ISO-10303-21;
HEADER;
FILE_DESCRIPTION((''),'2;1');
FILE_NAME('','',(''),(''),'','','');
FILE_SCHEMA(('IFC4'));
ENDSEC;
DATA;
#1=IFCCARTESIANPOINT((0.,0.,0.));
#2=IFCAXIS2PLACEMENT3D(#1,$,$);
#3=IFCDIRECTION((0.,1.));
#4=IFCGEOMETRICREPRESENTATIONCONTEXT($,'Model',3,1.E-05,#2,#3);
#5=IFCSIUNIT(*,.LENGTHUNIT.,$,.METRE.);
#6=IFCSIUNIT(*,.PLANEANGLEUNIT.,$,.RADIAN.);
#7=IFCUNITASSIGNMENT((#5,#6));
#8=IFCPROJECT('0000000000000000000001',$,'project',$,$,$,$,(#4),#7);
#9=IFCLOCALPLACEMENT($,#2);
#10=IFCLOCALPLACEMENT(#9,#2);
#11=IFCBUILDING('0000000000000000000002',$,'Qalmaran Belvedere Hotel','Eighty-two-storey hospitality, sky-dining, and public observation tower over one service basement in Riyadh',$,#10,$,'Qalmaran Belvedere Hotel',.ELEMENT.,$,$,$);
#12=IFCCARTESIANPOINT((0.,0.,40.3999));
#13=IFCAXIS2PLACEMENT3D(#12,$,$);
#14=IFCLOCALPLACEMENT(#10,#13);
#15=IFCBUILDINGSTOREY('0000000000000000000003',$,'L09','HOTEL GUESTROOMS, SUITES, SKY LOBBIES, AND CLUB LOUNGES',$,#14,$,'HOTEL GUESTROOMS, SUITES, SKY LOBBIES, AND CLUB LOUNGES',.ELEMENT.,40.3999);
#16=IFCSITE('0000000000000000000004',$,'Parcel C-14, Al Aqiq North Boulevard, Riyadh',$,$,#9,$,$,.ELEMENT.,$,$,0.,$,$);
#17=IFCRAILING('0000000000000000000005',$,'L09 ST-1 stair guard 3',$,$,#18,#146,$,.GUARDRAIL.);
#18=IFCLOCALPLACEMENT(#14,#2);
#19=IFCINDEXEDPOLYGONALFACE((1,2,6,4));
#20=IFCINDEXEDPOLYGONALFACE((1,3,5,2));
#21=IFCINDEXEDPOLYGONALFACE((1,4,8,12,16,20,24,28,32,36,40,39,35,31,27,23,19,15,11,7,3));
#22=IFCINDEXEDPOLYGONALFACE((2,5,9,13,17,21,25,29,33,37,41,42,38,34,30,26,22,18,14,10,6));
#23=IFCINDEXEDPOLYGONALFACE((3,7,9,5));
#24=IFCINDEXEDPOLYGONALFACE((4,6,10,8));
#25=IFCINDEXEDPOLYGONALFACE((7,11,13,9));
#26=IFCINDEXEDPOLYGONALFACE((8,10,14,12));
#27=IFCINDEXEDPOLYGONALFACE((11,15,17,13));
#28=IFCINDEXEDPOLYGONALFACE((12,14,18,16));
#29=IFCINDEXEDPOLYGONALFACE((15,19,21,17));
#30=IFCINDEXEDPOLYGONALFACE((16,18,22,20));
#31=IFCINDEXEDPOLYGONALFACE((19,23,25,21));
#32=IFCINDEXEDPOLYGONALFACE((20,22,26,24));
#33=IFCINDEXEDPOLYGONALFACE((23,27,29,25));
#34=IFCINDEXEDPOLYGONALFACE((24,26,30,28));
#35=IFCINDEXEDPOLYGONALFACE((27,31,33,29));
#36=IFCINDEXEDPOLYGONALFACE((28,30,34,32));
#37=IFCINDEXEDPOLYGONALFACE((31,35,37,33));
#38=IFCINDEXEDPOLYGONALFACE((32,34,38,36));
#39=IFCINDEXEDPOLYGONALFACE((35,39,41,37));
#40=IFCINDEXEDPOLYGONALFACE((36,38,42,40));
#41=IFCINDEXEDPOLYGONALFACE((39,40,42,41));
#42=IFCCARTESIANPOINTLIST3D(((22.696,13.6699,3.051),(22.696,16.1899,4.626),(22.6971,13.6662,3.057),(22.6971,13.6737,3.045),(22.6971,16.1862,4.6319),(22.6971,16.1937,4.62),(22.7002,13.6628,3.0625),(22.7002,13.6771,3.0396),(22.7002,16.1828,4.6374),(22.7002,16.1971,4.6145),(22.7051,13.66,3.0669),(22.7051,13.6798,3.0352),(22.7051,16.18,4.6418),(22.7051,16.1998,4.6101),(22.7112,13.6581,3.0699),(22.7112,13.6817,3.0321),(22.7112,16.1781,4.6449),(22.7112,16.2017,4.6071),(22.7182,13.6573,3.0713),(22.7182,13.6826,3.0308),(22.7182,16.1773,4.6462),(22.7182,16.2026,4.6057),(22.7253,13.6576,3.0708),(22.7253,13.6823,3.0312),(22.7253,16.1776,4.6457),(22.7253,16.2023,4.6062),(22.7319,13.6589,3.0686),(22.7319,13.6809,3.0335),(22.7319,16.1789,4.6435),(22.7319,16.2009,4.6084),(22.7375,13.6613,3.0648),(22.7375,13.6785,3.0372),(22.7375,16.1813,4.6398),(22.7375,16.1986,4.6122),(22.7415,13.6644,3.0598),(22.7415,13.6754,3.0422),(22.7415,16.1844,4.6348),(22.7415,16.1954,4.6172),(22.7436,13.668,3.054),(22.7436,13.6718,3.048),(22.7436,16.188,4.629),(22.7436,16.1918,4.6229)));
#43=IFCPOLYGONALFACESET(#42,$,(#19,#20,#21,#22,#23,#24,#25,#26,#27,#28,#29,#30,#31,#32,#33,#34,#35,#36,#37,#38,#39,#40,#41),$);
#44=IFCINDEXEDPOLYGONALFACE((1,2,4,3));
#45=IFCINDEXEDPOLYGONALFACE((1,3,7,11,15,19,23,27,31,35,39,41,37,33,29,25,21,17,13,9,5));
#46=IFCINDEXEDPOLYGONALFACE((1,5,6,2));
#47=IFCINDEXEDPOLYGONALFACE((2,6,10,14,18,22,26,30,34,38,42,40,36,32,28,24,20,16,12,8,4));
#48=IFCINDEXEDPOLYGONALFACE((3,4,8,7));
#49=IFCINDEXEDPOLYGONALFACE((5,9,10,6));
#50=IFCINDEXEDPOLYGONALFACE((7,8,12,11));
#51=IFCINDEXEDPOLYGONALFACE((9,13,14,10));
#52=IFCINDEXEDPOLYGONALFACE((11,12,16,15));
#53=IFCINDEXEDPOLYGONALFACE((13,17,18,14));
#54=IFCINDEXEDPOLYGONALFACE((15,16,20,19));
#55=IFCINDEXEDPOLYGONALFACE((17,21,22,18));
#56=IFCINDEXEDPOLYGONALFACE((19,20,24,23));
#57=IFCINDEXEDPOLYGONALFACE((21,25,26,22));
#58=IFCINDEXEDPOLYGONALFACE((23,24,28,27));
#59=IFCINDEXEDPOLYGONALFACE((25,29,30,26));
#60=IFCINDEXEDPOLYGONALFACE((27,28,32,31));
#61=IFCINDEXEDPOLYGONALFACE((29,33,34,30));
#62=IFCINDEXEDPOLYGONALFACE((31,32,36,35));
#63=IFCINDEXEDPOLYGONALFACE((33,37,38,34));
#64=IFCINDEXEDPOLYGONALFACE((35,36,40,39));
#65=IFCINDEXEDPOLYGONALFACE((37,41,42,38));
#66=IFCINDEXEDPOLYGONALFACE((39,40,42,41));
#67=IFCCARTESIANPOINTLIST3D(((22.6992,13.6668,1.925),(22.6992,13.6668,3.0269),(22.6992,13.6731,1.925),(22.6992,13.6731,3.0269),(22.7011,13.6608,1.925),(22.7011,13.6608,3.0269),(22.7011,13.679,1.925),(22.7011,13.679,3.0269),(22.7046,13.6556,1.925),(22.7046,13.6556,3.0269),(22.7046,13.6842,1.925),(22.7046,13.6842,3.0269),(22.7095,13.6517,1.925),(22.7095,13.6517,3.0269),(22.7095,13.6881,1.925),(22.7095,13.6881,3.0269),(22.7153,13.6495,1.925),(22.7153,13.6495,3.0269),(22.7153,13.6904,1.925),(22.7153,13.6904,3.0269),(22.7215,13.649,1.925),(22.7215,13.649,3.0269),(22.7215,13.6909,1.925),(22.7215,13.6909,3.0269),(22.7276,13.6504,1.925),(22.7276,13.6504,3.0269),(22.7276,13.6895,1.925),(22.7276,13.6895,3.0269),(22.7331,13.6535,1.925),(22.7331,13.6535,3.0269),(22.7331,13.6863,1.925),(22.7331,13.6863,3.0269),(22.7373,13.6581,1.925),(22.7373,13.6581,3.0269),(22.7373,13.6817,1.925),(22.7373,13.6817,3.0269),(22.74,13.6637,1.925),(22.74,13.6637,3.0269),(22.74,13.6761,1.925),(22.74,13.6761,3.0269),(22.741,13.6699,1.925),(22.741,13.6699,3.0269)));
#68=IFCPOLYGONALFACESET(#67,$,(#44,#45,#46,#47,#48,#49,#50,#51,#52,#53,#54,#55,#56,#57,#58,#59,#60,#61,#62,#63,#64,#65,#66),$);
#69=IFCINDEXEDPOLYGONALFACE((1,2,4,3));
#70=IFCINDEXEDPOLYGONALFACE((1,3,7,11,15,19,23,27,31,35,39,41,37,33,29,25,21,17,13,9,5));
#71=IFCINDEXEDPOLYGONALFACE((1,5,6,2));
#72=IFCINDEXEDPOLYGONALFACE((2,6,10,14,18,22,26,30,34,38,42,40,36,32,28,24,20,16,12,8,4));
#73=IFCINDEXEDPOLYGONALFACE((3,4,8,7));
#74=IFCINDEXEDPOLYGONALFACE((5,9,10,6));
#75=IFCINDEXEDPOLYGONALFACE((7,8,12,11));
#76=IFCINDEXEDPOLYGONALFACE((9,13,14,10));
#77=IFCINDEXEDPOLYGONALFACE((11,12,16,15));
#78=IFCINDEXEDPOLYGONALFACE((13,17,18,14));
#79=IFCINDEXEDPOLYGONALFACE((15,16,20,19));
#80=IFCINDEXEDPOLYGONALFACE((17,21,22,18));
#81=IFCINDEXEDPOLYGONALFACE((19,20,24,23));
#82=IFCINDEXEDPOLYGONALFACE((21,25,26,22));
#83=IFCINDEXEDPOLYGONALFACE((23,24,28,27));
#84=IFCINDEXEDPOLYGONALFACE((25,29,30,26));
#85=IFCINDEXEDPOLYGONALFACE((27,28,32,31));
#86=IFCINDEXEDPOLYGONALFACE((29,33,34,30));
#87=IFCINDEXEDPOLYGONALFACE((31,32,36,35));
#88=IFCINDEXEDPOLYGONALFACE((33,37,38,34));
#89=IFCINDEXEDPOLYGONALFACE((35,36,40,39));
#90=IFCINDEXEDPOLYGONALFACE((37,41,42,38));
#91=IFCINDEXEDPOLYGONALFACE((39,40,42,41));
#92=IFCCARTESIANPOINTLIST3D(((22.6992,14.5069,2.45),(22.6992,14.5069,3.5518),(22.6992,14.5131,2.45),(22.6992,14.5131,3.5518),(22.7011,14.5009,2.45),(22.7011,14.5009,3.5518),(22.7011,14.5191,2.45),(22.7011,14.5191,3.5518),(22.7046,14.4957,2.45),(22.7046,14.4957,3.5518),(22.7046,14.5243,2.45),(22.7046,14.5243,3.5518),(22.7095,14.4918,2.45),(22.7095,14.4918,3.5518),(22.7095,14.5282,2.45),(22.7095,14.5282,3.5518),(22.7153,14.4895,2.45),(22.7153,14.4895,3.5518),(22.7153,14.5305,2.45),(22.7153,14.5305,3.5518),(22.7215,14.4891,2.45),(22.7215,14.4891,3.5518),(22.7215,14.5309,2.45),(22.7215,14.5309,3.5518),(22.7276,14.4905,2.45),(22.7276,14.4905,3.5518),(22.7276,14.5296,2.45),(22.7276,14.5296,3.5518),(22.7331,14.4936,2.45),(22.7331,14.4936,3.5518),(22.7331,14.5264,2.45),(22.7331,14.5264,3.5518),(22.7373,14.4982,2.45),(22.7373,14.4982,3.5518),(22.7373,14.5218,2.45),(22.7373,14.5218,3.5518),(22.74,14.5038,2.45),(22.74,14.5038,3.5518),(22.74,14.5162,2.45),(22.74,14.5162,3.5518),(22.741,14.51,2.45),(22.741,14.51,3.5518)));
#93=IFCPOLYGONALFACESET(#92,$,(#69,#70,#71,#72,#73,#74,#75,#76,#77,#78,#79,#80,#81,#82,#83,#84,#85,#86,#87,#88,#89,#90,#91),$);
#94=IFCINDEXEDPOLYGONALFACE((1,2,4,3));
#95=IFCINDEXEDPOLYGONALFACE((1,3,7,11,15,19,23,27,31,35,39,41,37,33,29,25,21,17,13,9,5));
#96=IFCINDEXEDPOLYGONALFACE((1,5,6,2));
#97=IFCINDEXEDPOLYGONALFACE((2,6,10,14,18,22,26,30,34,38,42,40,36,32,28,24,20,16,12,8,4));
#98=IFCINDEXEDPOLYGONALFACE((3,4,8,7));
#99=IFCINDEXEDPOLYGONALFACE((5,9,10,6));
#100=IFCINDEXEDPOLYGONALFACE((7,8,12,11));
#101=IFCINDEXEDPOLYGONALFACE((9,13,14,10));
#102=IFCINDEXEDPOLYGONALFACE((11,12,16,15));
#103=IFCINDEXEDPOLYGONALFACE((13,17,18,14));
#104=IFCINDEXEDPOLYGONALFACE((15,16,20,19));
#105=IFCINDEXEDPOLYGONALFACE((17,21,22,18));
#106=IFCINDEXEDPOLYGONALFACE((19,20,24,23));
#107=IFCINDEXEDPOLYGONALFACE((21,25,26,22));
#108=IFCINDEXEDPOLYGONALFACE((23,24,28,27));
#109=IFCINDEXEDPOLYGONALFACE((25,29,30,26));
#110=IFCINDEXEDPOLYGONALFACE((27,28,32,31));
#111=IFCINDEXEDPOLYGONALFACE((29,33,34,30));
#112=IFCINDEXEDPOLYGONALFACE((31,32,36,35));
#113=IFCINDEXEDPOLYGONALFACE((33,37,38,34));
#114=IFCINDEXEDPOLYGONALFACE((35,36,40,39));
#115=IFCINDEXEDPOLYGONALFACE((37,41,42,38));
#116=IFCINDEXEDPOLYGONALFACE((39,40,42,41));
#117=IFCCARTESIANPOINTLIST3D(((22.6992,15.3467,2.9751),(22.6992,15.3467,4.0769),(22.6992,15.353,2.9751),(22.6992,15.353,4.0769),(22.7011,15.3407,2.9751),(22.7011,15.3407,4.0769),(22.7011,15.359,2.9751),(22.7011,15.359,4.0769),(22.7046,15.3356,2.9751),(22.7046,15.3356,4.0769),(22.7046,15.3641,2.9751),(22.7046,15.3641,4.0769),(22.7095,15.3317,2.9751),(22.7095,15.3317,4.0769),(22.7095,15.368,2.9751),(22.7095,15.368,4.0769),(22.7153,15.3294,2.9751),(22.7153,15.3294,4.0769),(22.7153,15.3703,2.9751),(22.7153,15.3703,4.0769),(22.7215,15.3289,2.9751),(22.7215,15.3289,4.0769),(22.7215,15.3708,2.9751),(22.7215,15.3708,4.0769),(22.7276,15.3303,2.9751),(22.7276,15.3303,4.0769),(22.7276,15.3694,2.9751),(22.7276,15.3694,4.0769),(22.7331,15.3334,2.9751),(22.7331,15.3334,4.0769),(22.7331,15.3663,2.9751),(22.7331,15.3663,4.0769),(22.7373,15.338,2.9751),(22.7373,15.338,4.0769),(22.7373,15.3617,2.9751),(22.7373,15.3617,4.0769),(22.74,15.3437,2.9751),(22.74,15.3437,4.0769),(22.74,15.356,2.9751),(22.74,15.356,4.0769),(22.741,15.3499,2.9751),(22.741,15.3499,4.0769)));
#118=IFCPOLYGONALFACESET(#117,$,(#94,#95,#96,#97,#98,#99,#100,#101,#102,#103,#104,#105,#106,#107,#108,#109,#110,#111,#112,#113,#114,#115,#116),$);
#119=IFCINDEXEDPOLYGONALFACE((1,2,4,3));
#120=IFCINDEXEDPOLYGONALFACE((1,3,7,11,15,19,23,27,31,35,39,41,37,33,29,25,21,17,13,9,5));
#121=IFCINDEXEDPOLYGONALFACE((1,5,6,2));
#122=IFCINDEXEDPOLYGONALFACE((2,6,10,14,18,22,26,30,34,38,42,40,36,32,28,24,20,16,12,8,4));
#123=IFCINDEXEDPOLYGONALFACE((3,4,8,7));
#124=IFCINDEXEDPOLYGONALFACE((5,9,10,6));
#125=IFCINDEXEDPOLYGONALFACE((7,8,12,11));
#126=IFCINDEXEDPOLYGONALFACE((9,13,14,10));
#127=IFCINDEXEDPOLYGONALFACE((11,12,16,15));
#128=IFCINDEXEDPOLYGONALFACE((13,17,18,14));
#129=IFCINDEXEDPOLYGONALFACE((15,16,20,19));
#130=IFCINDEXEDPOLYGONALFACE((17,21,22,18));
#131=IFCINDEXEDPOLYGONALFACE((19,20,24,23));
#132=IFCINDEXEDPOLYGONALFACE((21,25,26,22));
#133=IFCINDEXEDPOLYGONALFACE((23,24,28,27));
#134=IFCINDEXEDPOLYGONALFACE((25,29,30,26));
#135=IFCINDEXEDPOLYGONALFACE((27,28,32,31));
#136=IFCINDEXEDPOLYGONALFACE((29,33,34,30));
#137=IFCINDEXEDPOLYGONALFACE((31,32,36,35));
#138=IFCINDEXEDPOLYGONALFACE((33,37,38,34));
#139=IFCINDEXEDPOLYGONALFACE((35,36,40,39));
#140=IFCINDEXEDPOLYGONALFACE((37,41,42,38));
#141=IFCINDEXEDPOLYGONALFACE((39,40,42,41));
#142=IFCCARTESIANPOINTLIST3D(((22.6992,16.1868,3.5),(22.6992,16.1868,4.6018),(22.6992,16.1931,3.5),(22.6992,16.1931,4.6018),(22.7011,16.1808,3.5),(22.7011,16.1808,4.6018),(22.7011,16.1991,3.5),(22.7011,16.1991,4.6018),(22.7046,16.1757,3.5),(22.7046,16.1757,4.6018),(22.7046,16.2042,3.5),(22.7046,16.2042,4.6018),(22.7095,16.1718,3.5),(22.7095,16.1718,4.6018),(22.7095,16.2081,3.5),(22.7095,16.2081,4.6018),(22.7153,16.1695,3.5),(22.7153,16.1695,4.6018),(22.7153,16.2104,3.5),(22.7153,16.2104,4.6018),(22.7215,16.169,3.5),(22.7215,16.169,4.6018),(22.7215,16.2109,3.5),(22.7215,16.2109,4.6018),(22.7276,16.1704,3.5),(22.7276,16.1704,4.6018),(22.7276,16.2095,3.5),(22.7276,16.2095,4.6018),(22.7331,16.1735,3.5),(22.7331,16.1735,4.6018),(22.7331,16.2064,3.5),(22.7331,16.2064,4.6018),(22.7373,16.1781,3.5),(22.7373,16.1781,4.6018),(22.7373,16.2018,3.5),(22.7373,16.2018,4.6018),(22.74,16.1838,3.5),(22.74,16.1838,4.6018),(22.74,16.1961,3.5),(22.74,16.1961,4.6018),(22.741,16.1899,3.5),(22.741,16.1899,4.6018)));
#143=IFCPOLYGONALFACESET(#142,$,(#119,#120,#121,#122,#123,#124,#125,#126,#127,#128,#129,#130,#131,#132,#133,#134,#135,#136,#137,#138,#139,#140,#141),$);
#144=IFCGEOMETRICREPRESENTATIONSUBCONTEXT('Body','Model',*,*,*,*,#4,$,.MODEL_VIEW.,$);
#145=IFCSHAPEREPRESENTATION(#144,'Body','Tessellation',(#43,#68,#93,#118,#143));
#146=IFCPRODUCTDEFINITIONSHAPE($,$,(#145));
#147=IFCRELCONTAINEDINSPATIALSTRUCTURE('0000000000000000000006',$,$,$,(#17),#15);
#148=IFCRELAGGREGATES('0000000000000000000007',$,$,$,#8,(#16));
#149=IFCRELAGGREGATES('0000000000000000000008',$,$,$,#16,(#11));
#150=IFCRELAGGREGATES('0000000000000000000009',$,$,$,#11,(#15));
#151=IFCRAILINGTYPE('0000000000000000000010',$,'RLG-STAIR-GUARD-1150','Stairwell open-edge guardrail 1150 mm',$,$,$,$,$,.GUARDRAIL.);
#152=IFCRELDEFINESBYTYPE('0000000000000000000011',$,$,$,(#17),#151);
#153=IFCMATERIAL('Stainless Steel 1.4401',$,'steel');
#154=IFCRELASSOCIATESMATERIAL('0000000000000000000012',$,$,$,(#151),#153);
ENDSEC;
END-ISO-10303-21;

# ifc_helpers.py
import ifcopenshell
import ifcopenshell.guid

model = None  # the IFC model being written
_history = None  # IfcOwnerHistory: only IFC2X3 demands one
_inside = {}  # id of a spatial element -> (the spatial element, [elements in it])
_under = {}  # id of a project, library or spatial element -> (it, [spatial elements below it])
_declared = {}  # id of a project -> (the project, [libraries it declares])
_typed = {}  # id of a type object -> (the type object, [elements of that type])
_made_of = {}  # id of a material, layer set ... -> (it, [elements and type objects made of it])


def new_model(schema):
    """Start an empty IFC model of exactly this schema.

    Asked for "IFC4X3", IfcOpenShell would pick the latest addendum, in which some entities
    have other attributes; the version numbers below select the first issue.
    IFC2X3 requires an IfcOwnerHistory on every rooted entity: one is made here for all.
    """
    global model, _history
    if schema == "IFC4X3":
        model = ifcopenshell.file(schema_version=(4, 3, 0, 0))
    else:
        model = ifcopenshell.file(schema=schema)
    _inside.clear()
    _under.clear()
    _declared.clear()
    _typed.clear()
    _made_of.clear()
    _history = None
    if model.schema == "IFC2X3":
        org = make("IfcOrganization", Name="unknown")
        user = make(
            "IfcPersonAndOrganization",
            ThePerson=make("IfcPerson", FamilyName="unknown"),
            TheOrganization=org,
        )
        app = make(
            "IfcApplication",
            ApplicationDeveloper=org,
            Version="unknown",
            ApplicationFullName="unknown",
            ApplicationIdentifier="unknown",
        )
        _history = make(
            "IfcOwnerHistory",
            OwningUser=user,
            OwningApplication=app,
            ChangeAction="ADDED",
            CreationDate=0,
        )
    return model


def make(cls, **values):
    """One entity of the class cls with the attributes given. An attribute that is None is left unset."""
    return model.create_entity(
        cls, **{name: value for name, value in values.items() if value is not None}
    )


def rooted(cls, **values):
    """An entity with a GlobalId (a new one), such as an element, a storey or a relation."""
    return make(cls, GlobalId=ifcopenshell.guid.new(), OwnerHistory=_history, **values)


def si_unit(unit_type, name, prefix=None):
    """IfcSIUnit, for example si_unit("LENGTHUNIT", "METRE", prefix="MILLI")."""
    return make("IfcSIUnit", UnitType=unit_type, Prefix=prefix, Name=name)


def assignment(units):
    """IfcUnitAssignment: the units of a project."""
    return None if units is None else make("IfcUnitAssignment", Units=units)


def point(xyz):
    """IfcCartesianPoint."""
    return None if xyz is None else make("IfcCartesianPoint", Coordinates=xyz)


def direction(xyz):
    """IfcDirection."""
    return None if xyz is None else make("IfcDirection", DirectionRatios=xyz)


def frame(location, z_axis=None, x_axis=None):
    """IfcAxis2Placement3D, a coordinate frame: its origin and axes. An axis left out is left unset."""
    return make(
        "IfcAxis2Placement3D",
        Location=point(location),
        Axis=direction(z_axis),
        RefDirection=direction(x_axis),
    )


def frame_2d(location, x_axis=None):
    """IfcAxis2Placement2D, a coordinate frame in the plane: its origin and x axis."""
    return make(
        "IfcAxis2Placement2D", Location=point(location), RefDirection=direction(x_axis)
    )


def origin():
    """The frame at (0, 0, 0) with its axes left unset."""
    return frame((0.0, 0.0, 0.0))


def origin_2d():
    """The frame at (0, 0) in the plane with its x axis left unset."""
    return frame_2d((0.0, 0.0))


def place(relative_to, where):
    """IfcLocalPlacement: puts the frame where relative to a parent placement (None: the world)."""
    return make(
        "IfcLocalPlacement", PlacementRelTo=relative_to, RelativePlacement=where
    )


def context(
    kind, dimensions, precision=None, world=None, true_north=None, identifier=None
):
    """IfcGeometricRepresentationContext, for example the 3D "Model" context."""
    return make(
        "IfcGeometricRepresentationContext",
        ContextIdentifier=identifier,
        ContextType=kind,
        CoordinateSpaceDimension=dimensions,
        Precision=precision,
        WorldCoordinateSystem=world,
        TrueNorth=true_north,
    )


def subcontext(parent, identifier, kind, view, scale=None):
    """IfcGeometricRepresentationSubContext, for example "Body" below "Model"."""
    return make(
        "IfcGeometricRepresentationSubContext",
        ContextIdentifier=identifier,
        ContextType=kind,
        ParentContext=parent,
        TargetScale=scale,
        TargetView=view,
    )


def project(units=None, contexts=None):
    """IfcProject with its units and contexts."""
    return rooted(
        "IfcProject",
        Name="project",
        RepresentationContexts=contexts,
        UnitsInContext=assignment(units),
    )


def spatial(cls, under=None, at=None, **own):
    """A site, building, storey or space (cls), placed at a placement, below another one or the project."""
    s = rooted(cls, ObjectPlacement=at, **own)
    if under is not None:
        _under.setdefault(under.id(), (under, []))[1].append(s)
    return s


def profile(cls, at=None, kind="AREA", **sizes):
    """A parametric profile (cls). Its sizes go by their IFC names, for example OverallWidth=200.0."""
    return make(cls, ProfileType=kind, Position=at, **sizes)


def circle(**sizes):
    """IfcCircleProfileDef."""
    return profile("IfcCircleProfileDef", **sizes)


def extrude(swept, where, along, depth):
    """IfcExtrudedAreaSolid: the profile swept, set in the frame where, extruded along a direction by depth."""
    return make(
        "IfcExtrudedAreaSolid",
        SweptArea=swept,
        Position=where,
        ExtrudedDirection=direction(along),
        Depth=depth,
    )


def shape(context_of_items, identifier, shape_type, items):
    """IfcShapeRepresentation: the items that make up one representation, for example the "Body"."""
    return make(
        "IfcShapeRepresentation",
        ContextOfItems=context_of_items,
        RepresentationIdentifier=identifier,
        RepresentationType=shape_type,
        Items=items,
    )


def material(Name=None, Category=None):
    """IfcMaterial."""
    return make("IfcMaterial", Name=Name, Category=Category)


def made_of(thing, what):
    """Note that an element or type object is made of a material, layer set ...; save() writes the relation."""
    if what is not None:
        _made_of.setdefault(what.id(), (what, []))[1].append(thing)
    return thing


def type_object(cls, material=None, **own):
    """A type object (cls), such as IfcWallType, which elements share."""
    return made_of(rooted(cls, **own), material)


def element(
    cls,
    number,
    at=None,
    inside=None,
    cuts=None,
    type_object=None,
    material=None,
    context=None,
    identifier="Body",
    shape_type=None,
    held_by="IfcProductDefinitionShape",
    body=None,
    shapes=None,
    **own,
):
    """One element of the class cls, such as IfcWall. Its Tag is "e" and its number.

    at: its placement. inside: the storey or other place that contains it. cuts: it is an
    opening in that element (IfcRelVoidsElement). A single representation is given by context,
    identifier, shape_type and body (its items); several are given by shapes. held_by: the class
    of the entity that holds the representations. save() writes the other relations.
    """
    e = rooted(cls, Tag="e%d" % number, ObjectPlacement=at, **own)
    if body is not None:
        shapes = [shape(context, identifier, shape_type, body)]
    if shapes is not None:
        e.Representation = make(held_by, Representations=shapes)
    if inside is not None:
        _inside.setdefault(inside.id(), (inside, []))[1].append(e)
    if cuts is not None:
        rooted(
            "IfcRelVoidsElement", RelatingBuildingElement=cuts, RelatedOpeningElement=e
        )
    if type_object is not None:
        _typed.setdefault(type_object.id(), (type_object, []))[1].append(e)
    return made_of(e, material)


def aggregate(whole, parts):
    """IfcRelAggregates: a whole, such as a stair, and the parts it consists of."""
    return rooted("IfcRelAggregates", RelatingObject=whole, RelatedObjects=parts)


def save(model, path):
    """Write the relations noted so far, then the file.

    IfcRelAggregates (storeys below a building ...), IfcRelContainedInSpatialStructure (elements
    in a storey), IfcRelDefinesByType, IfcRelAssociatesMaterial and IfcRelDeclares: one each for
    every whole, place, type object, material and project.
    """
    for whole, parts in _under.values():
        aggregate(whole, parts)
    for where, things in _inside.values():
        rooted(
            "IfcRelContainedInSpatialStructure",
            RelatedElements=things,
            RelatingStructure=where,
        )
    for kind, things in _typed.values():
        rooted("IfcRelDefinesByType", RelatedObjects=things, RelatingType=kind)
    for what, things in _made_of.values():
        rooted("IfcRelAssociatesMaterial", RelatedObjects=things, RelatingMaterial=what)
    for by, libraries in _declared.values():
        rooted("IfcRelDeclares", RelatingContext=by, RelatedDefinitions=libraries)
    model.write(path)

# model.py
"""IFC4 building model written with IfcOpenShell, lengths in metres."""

from ifc_helpers import new_model, si_unit, direction, frame, origin, origin_2d, place, context, subcontext, project, spatial, circle, extrude, material, type_object, element, save


model = new_model("IFC4")

# Units and contexts
model_context = context("Model", 3, precision=1e-05, world=origin(), true_north=direction((0.0, 1.0)))
body_context = subcontext(model_context, "Body", "Model", "MODEL_VIEW")
ifc_project = project(units=[si_unit("LENGTHUNIT", "METRE"), si_unit("PLANEANGLEUNIT", "RADIAN")], contexts=[model_context])

# Site, building, storey
site_placement = place(None, origin())
site = spatial("IfcSite", under=ifc_project, at=site_placement, Name="Parcel C-14, Al Aqiq North Boulevard, Riyadh", CompositionType="ELEMENT", RefElevation=0.0)
building_placement = place(site_placement, origin())
building = spatial("IfcBuilding", under=site, at=building_placement, Name="Qalmaran Belvedere Hotel", Description="Eighty-two-storey hospitality, sky-dining, and public observation tower over one service basement in Riyadh", LongName="Qalmaran Belvedere Hotel", CompositionType="ELEMENT")
storey_placement = place(building_placement, frame((0.0, 0.0, 40.3999)))
storey = spatial("IfcBuildingStorey", under=building, at=storey_placement, Name="L09", Description="HOTEL GUESTROOMS, SUITES, SKY LOBBIES, AND CLUB LOUNGES", LongName="HOTEL GUESTROOMS, SUITES, SKY LOBBIES, AND CLUB LOUNGES", CompositionType="ELEMENT", Elevation=40.3999)

# Railing
ifc_material_1 = material(Name="Stainless Steel 1.4401", Category="steel")
railing_type_1 = type_object("IfcRailingType", Name="RLG-STAIR-GUARD-1150", Description="Stairwell open-edge guardrail 1150 mm", PredefinedType="GUARDRAIL", material=ifc_material_1)
railing_1_placement = place(storey_placement, frame((22.72, 13.6699, 1.925)))
element("IfcRailing", 1, at=railing_1_placement, inside=storey, type_object=railing_type_1, Name="L09 ST-1 stair guard 3", PredefinedType="GUARDRAIL", context=body_context, shape_type="SweptSolid", body=[
    extrude(circle(Radius=0.0239, at=origin_2d()), frame((0.0, 0.0, 1.126), z_axis=(0.0, 0.848008, 0.529984), x_axis=(-1.0, 0.0, 0.0)), (0.0, 0.0, 1.0), 2.9717),
    extrude(circle(Radius=0.021, at=origin_2d()), origin(), (0.0, 0.0, 1.0), 1.1018),
    extrude(circle(Radius=0.021, at=origin_2d()), frame((0.0, 0.8401, 0.5249)), (0.0, 0.0, 1.0), 1.1018),
    extrude(circle(Radius=0.021, at=origin_2d()), frame((0.0, 1.6799, 1.05)), (0.0, 0.0, 1.0), 1.1018),
    extrude(circle(Radius=0.021, at=origin_2d()), frame((0.0, 2.52, 1.575)), (0.0, 0.0, 1.0), 1.1018),
])

save(model, "model.ifc")
